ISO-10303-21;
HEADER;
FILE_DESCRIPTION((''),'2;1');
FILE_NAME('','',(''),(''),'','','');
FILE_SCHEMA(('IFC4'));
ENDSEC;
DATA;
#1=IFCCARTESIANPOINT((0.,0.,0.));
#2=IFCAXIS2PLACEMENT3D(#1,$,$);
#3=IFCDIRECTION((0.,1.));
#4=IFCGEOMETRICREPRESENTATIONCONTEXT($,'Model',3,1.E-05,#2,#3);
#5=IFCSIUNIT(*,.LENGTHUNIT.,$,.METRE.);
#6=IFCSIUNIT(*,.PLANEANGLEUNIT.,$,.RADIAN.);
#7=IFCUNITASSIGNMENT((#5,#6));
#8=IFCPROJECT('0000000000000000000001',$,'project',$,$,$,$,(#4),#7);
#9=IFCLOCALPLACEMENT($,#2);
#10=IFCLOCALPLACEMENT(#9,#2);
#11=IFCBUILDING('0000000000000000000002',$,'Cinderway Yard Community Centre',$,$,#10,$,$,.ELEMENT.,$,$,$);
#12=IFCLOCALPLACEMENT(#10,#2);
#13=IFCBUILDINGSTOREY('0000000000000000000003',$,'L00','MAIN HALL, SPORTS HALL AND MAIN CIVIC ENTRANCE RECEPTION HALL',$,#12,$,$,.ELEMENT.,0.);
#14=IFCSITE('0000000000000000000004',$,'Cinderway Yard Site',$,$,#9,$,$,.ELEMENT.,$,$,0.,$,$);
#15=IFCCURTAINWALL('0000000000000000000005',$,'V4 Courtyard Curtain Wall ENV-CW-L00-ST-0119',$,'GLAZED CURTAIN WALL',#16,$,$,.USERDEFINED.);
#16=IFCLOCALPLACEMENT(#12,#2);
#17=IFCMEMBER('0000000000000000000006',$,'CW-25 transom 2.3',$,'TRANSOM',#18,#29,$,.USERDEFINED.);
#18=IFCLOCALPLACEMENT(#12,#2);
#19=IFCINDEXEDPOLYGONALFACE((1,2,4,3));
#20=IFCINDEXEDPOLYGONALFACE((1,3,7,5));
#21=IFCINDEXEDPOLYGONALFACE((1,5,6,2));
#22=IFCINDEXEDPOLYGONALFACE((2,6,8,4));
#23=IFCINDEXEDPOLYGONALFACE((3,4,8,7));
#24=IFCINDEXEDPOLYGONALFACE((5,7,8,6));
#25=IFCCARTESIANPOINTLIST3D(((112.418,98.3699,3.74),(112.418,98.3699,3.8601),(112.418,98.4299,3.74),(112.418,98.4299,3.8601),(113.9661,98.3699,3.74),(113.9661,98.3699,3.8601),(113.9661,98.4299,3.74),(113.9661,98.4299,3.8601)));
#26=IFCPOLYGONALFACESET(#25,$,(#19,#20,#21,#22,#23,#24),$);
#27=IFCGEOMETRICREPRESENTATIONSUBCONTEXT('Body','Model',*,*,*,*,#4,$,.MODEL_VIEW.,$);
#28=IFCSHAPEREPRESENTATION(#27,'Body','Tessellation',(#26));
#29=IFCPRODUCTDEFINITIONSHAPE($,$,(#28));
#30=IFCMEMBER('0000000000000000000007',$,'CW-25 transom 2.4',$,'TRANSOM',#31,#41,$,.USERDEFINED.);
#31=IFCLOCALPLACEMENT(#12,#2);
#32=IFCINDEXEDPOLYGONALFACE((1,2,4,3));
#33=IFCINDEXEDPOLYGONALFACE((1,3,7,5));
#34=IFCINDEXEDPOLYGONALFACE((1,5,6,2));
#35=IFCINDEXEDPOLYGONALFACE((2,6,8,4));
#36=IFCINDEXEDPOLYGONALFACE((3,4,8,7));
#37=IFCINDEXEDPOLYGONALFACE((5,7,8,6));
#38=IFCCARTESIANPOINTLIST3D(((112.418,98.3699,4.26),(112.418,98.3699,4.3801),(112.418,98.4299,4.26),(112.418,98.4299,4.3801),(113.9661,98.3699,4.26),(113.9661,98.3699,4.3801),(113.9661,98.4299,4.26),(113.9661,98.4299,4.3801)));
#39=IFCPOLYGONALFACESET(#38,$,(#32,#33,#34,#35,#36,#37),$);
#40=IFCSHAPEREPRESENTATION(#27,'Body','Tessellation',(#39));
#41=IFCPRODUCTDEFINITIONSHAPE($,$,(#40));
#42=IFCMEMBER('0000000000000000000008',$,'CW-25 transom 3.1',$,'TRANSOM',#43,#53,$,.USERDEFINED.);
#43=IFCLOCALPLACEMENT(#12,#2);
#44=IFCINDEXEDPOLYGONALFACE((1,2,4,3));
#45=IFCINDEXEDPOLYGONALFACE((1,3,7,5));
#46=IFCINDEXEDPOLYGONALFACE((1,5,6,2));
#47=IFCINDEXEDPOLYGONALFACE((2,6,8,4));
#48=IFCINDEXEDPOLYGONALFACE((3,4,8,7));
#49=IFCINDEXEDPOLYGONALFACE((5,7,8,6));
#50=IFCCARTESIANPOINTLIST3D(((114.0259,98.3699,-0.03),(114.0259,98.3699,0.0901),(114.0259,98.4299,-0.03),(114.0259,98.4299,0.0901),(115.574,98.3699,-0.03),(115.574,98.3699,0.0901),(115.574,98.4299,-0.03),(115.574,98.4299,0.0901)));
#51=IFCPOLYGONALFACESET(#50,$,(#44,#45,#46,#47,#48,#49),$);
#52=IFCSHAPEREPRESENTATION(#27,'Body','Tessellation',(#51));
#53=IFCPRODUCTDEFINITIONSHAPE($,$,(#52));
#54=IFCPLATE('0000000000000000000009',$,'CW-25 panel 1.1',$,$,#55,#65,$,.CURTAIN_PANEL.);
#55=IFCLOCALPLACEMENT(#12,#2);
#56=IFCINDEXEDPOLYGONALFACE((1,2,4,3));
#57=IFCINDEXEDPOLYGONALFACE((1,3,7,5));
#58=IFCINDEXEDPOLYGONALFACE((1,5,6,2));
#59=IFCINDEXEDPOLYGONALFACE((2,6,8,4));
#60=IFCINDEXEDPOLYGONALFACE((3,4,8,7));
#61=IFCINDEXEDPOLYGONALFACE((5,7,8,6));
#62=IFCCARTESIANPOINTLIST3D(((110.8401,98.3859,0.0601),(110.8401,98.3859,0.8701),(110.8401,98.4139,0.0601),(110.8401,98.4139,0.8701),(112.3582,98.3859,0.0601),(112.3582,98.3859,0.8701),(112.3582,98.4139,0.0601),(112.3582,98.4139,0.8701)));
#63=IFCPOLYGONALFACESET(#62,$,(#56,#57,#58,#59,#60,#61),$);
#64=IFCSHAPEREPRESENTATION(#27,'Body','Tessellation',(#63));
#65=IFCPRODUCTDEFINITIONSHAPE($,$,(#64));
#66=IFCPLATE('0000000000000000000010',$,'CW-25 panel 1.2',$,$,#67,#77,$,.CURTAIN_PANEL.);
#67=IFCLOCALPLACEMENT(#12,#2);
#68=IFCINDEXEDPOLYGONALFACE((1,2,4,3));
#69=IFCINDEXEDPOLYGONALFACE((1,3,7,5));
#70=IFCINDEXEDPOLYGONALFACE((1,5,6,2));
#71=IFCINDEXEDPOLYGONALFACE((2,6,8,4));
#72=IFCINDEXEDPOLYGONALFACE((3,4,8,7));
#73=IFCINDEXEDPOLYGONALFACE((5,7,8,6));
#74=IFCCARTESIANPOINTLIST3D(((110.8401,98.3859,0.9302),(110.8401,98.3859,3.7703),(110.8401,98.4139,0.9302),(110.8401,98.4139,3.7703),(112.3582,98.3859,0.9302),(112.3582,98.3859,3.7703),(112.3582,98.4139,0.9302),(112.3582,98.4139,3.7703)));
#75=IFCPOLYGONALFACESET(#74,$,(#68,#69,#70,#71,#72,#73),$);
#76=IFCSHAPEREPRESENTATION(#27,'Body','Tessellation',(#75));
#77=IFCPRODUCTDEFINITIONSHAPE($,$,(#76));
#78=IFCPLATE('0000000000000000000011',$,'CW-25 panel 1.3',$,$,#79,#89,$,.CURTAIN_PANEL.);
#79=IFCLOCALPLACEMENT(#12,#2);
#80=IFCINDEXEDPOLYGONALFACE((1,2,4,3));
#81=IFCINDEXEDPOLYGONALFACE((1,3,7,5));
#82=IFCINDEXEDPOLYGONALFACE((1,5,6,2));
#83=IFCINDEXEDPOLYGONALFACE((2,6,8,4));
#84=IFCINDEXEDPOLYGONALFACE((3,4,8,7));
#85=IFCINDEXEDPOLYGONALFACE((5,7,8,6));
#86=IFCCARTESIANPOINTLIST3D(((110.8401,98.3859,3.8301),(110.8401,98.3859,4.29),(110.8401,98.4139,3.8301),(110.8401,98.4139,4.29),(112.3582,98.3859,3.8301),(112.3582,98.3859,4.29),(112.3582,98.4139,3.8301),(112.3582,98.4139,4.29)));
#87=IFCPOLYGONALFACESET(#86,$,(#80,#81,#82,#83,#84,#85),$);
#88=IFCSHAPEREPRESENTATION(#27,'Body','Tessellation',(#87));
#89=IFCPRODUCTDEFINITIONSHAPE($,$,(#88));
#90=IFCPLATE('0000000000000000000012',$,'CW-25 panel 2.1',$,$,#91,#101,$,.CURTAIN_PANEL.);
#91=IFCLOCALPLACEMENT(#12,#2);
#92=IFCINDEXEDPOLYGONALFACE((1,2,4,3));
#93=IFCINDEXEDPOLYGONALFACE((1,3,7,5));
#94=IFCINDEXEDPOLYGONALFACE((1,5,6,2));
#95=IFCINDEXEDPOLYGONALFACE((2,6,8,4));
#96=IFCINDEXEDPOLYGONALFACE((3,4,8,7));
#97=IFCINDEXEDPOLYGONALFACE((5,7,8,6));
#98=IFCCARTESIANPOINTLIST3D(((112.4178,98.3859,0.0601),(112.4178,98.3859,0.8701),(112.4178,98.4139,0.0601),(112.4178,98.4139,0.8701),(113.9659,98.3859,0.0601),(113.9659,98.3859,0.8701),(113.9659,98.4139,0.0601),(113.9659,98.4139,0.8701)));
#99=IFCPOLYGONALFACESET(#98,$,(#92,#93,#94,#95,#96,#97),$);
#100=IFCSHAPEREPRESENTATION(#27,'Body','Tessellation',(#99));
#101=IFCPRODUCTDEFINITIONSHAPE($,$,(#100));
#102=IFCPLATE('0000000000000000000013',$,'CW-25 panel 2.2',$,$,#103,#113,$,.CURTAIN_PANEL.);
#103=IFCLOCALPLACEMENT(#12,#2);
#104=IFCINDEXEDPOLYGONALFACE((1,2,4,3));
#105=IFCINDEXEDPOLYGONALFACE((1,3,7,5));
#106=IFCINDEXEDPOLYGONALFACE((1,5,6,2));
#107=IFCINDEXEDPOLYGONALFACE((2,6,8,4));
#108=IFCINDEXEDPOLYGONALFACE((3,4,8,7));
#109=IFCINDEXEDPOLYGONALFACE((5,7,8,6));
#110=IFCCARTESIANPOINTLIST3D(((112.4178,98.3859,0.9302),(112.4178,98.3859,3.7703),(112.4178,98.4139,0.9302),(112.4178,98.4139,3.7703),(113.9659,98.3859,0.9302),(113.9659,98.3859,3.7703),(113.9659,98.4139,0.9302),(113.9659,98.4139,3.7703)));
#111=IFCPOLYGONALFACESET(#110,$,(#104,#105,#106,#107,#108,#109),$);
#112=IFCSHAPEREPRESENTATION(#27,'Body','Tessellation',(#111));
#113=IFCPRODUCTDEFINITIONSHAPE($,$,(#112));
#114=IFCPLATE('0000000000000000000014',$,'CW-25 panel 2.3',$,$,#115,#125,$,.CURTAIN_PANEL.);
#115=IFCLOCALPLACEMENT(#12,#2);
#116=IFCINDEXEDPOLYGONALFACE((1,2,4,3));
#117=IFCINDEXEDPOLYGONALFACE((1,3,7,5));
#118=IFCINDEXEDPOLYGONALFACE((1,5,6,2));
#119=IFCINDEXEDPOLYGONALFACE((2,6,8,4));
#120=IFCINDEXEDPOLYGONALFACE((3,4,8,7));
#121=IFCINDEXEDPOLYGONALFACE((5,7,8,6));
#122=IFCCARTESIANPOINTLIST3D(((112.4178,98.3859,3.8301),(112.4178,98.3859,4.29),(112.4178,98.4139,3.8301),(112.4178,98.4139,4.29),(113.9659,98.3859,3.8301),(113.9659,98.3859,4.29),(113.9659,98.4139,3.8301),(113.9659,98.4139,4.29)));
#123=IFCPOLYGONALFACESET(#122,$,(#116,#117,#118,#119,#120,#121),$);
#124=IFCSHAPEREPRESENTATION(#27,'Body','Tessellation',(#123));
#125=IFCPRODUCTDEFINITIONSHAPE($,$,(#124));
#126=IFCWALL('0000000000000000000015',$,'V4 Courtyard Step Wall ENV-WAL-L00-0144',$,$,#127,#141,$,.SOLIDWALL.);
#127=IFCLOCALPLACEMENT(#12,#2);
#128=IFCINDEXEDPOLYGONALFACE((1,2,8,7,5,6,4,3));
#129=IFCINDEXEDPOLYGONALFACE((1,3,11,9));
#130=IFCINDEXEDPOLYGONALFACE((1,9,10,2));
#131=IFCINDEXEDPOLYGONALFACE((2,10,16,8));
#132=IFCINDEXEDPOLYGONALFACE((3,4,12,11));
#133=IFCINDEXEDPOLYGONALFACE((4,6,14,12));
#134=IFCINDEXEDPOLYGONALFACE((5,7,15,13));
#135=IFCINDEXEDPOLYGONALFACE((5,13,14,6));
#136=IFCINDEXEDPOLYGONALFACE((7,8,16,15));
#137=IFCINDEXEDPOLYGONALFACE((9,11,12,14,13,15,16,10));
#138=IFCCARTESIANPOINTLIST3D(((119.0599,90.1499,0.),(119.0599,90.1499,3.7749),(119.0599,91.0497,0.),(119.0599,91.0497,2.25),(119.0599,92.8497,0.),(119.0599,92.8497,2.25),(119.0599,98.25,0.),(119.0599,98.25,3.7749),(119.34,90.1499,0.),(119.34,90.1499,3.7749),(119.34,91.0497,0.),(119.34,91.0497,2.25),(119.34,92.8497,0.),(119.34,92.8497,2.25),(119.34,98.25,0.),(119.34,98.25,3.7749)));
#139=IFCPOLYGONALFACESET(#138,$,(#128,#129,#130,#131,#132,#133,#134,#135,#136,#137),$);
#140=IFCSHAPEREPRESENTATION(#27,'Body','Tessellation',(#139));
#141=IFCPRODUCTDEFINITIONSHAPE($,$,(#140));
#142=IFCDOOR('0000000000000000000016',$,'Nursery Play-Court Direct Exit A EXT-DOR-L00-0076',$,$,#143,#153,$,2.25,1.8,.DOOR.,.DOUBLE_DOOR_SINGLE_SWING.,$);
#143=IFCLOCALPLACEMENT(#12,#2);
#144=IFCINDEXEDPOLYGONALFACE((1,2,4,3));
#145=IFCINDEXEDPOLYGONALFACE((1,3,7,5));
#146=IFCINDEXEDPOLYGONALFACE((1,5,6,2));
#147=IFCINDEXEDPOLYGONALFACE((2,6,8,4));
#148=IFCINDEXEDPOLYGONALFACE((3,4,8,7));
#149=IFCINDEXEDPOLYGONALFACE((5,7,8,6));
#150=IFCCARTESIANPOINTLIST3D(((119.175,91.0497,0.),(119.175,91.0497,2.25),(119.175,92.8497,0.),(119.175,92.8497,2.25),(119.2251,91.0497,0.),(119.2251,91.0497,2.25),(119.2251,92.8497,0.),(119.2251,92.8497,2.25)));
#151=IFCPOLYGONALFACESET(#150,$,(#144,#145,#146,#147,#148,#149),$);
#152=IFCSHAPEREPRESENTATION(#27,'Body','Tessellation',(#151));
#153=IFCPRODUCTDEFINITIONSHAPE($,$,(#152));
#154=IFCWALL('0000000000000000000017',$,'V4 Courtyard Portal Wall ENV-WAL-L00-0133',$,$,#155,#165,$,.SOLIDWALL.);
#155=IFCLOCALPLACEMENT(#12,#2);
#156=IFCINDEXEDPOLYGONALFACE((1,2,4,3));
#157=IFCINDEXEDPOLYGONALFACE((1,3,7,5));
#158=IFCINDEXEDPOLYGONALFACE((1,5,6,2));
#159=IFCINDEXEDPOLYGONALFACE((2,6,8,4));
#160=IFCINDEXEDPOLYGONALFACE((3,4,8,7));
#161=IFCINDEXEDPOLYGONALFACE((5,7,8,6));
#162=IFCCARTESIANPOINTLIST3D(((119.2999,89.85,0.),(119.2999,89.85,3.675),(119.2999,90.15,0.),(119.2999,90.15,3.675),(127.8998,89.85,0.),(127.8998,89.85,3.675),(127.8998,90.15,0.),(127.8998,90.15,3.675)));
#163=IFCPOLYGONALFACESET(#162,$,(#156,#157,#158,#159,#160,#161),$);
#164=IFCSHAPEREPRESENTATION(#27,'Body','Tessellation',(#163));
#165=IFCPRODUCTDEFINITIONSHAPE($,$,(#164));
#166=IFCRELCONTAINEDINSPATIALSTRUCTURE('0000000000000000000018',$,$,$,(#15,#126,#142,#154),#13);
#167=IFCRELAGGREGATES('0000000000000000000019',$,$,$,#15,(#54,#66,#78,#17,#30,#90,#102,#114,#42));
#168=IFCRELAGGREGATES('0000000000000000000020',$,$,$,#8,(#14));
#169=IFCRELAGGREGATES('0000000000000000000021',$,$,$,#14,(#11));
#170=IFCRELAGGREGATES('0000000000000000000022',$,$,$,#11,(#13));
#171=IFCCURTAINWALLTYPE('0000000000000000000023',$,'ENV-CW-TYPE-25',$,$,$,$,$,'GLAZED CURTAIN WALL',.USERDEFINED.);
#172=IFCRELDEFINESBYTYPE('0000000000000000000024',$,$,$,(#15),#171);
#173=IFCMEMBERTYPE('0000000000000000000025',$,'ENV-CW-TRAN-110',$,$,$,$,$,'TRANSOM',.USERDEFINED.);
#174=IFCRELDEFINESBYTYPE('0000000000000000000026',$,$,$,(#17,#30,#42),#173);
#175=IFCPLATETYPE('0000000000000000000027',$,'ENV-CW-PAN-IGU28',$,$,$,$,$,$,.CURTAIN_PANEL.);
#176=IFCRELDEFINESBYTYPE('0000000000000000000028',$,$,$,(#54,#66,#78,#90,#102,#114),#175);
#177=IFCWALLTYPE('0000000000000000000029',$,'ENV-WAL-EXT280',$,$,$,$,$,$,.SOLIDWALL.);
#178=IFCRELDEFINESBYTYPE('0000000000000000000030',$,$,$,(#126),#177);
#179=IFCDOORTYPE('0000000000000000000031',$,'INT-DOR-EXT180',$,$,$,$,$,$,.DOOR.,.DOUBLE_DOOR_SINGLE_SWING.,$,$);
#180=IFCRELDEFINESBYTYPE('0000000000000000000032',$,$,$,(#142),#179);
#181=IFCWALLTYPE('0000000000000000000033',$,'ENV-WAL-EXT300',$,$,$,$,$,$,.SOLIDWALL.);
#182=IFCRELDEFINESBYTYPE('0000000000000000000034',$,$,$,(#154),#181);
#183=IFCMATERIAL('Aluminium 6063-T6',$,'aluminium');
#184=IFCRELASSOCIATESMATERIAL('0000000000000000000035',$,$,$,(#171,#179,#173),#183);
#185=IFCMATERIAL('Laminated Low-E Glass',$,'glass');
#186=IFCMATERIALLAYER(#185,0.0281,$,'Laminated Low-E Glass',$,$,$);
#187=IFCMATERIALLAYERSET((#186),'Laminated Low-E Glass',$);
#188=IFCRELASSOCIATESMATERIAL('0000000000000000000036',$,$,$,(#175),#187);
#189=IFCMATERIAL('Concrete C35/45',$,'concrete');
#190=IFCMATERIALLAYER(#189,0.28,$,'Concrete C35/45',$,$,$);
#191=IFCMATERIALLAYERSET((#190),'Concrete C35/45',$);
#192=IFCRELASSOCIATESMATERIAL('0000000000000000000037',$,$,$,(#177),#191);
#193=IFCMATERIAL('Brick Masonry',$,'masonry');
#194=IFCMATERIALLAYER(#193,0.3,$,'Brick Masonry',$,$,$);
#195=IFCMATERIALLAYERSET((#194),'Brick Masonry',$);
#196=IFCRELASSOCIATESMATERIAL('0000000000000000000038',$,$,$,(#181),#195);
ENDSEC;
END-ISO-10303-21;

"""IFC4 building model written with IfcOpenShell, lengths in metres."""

from ifc_helpers import new_model, si_unit, direction, frame, frame_2d, origin, origin_2d, place, context, subcontext, project, spatial, rectangle, extrude, material, layer, layer_set, material_profile, profile_set, type_object, element, fill, aggregate, save


model = new_model("IFC4")

# Units and contexts
model_context = context("Model", 3, precision=1e-05, world=origin(), true_north=direction((0.0, 1.0)))
body_context = subcontext(model_context, "Body", "Model", "MODEL_VIEW")
ifc_project = project(units=[si_unit("LENGTHUNIT", "METRE"), si_unit("PLANEANGLEUNIT", "RADIAN")], contexts=[model_context])

# Site, building, storey
site_placement = place(None, origin())
site = spatial("IfcSite", under=ifc_project, at=site_placement, Name="Cinderway Yard Site", CompositionType="ELEMENT", RefElevation=0.0)
building_placement = place(site_placement, origin())
building = spatial("IfcBuilding", under=site, at=building_placement, Name="Cinderway Yard Community Centre", CompositionType="ELEMENT")
storey_placement = place(building_placement, origin())
storey = spatial("IfcBuildingStorey", under=building, at=storey_placement, Name="L00", Description="MAIN HALL, SPORTS HALL AND MAIN CIVIC ENTRANCE RECEPTION HALL", CompositionType="ELEMENT", Elevation=0.0)

# Curtain wall, members, plates
ifc_material_1 = material(Name="Aluminium 6063-T6", Category="aluminium")
curtain_wall_type = type_object("IfcCurtainWallType", Name="ENV-CW-TYPE-25", ElementType="GLAZED CURTAIN WALL", PredefinedType="USERDEFINED", material=ifc_material_1)
curtain_wall_placement = place(storey_placement, origin())
curtain_wall = element("IfcCurtainWall", 1, at=curtain_wall_placement, inside=storey, type_object=curtain_wall_type, Name="V4 Courtyard Curtain Wall ENV-CW-L00-ST-0119", ObjectType="GLAZED CURTAIN WALL", PredefinedType="USERDEFINED")
ifc_material_profile_1 = material_profile(ifc_material_1, rectangle(XDim=0.0601, YDim=0.1201, at=origin_2d()), Name="Aluminium 6063-T6")
ifc_profile_set_1 = profile_set([ifc_material_profile_1], Name="Aluminium 6063-T6")
member_type_1 = type_object("IfcMemberType", Name="ENV-CW-TRAN-110", ElementType="TRANSOM", PredefinedType="USERDEFINED", material=ifc_profile_set_1)
member_1_placement = place(storey_placement, frame((112.418, 98.3999, 3.8), z_axis=(1.0, 0.0, 0.0), x_axis=(0.0, 1.0, 0.0)))
member_1 = element("IfcMember", 2, at=member_1_placement, type_object=member_type_1, Name="CW-25 transom 2.3", ObjectType="TRANSOM", PredefinedType="USERDEFINED", context=body_context, shape_type="SweptSolid", body=[
    extrude(rectangle(XDim=0.0601, YDim=0.1201, at=origin_2d()), origin(), (0.0, 0.0, 1.0), 1.5481),
])
member_2_placement = place(storey_placement, frame((112.418, 98.3999, 4.3201), z_axis=(1.0, 0.0, 0.0), x_axis=(0.0, 1.0, 0.0)))
member_2 = element("IfcMember", 3, at=member_2_placement, type_object=member_type_1, Name="CW-25 transom 2.4", ObjectType="TRANSOM", PredefinedType="USERDEFINED", context=body_context, shape_type="SweptSolid", body=[
    extrude(rectangle(XDim=0.0601, YDim=0.1201, at=origin_2d()), origin(), (0.0, 0.0, 1.0), 1.5481),
])
member_3_placement = place(storey_placement, frame((114.0259, 98.3999, 0.03), z_axis=(1.0, 0.0, 0.0), x_axis=(0.0, 1.0, 0.0)))
member_3 = element("IfcMember", 4, at=member_3_placement, type_object=member_type_1, Name="CW-25 transom 3.1", ObjectType="TRANSOM", PredefinedType="USERDEFINED", context=body_context, shape_type="SweptSolid", body=[
    extrude(rectangle(XDim=0.0601, YDim=0.1201, at=origin_2d()), origin(), (0.0, 0.0, 1.0), 1.5481),
])
ifc_material_2 = material(Name="Laminated Low-E Glass", Category="glass")
ifc_layer_1 = layer(ifc_material_2, 0.0281, Name="Laminated Low-E Glass")
ifc_layer_set_1 = layer_set([ifc_layer_1], Name="Laminated Low-E Glass")
plate_type = type_object("IfcPlateType", Name="ENV-CW-PAN-IGU28", PredefinedType="CURTAIN_PANEL", material=ifc_layer_set_1)
plate_1_placement = place(storey_placement, frame((111.5991, 98.3999, 0.0601), z_axis=(0.0, 0.0, 1.0), x_axis=(1.0, 0.0, 0.0)))
plate_1 = element("IfcPlate", 5, at=plate_1_placement, type_object=plate_type, Name="CW-25 panel 1.1", PredefinedType="CURTAIN_PANEL", context=body_context, shape_type="SweptSolid", body=[
    extrude(rectangle(XDim=1.5181, YDim=0.0281, at=origin_2d()), origin(), (0.0, 0.0, 1.0), 0.8101),
])
plate_2_placement = place(storey_placement, frame((111.5991, 98.3999, 0.9302), z_axis=(0.0, 0.0, 1.0), x_axis=(1.0, 0.0, 0.0)))
plate_2 = element("IfcPlate", 6, at=plate_2_placement, type_object=plate_type, Name="CW-25 panel 1.2", PredefinedType="CURTAIN_PANEL", context=body_context, shape_type="SweptSolid", body=[
    extrude(rectangle(XDim=1.5181, YDim=0.0281, at=origin_2d()), origin(), (0.0, 0.0, 1.0), 2.8401),
])
plate_3_placement = place(storey_placement, frame((111.5991, 98.3999, 3.8301), z_axis=(0.0, 0.0, 1.0), x_axis=(1.0, 0.0, 0.0)))
plate_3 = element("IfcPlate", 7, at=plate_3_placement, type_object=plate_type, Name="CW-25 panel 1.3", PredefinedType="CURTAIN_PANEL", context=body_context, shape_type="SweptSolid", body=[
    extrude(rectangle(XDim=1.5181, YDim=0.0281, at=origin_2d()), origin(), (0.0, 0.0, 1.0), 0.46),
])
plate_4_placement = place(storey_placement, frame((113.1919, 98.3999, 0.0601), z_axis=(0.0, 0.0, 1.0), x_axis=(1.0, 0.0, 0.0)))
plate_4 = element("IfcPlate", 8, at=plate_4_placement, type_object=plate_type, Name="CW-25 panel 2.1", PredefinedType="CURTAIN_PANEL", context=body_context, shape_type="SweptSolid", body=[
    extrude(rectangle(XDim=1.5481, YDim=0.0281, at=origin_2d()), origin(), (0.0, 0.0, 1.0), 0.8101),
])
plate_5_placement = place(storey_placement, frame((113.1919, 98.3999, 0.9302), z_axis=(0.0, 0.0, 1.0), x_axis=(1.0, 0.0, 0.0)))
plate_5 = element("IfcPlate", 9, at=plate_5_placement, type_object=plate_type, Name="CW-25 panel 2.2", PredefinedType="CURTAIN_PANEL", context=body_context, shape_type="SweptSolid", body=[
    extrude(rectangle(XDim=1.5481, YDim=0.0281, at=origin_2d()), origin(), (0.0, 0.0, 1.0), 2.8401),
])
plate_6_placement = place(storey_placement, frame((113.1919, 98.3999, 3.8301), z_axis=(0.0, 0.0, 1.0), x_axis=(1.0, 0.0, 0.0)))
plate_6 = element("IfcPlate", 10, at=plate_6_placement, type_object=plate_type, Name="CW-25 panel 2.3", PredefinedType="CURTAIN_PANEL", context=body_context, shape_type="SweptSolid", body=[
    extrude(rectangle(XDim=1.5481, YDim=0.0281, at=origin_2d()), origin(), (0.0, 0.0, 1.0), 0.46),
])
aggregate(curtain_wall, [plate_1, plate_2, plate_3, member_1, member_2, plate_4, plate_5, plate_6, member_3])

# Wall, opening, door
ifc_material_3 = material(Name="Concrete C35/45", Category="concrete")
ifc_layer_2 = layer(ifc_material_3, 0.28, Name="Concrete C35/45")
ifc_layer_set_2 = layer_set([ifc_layer_2], Name="Concrete C35/45")
wall_type_1 = type_object("IfcWallType", Name="ENV-WAL-EXT280", PredefinedType="SOLIDWALL", material=ifc_layer_set_2)
wall_1_placement = place(storey_placement, frame((119.2, 90.1499, 0.0), z_axis=(0.0, 0.0, 1.0), x_axis=(0.0, 1.0, 0.0)))
wall_1 = element("IfcWall", 11, at=wall_1_placement, inside=storey, type_object=wall_type_1, Name="V4 Courtyard Step Wall ENV-WAL-L00-0144", PredefinedType="SOLIDWALL", context=body_context, shape_type="SweptSolid", body=[
    extrude(rectangle(XDim=8.1001, YDim=0.28, at=frame_2d((4.05, 0.0))), origin(), (0.0, 0.0, 1.0), 3.7749),
])
opening_placement = place(wall_1_placement, frame((0.8999, 0.0, 0.0)))
opening = element("IfcOpeningElement", 12, at=opening_placement, cuts=wall_1, PredefinedType="OPENING", context=body_context, shape_type="SweptSolid", body=[
    extrude(rectangle(XDim=1.8, YDim=2.25, at=frame_2d((0.8999, 1.125))), frame((0.0, 0.1499, 0.0), z_axis=(0.0, -1.0, 0.0), x_axis=(1.0, 0.0, 0.0)), (0.0, 0.0, 1.0), 0.3),
])
door_type = type_object("IfcDoorType", Name="INT-DOR-EXT180", OperationType="DOUBLE_DOOR_SINGLE_SWING", PredefinedType="DOOR", material=ifc_material_1)
door_placement = place(opening_placement, origin())
door = element("IfcDoor", 13, at=door_placement, inside=storey, type_object=door_type, Name="Nursery Play-Court Direct Exit A EXT-DOR-L00-0076", OperationType="DOUBLE_DOOR_SINGLE_SWING", OverallHeight=2.25, OverallWidth=1.8, PredefinedType="DOOR", context=body_context, shape_type="SweptSolid", body=[
    extrude(rectangle(XDim=1.8, YDim=2.25, at=frame_2d((0.8999, 1.125))), frame((0.0, 0.0249, 0.0), z_axis=(0.0, -1.0, 0.0), x_axis=(1.0, 0.0, 0.0)), (0.0, 0.0, 1.0), 0.05),
])
fill(opening, door)

# Wall
ifc_material_4 = material(Name="Brick Masonry", Category="masonry")
ifc_layer_3 = layer(ifc_material_4, 0.3, Name="Brick Masonry")
ifc_layer_set_3 = layer_set([ifc_layer_3], Name="Brick Masonry")
wall_type_2 = type_object("IfcWallType", Name="ENV-WAL-EXT300", PredefinedType="SOLIDWALL", material=ifc_layer_set_3)
wall_2_placement = place(storey_placement, frame((119.3, 90.0, 0.0), z_axis=(0.0, 0.0, 1.0), x_axis=(1.0, 0.0, 0.0)))
element("IfcWall", 14, at=wall_2_placement, inside=storey, type_object=wall_type_2, Name="V4 Courtyard Portal Wall ENV-WAL-L00-0133", PredefinedType="SOLIDWALL", context=body_context, shape_type="SweptSolid", body=[
    extrude(rectangle(XDim=8.5999, YDim=0.3, at=frame_2d((4.2998, 0.0))), origin(), (0.0, 0.0, 1.0), 3.675),
])

save(model, "model.ifc")
